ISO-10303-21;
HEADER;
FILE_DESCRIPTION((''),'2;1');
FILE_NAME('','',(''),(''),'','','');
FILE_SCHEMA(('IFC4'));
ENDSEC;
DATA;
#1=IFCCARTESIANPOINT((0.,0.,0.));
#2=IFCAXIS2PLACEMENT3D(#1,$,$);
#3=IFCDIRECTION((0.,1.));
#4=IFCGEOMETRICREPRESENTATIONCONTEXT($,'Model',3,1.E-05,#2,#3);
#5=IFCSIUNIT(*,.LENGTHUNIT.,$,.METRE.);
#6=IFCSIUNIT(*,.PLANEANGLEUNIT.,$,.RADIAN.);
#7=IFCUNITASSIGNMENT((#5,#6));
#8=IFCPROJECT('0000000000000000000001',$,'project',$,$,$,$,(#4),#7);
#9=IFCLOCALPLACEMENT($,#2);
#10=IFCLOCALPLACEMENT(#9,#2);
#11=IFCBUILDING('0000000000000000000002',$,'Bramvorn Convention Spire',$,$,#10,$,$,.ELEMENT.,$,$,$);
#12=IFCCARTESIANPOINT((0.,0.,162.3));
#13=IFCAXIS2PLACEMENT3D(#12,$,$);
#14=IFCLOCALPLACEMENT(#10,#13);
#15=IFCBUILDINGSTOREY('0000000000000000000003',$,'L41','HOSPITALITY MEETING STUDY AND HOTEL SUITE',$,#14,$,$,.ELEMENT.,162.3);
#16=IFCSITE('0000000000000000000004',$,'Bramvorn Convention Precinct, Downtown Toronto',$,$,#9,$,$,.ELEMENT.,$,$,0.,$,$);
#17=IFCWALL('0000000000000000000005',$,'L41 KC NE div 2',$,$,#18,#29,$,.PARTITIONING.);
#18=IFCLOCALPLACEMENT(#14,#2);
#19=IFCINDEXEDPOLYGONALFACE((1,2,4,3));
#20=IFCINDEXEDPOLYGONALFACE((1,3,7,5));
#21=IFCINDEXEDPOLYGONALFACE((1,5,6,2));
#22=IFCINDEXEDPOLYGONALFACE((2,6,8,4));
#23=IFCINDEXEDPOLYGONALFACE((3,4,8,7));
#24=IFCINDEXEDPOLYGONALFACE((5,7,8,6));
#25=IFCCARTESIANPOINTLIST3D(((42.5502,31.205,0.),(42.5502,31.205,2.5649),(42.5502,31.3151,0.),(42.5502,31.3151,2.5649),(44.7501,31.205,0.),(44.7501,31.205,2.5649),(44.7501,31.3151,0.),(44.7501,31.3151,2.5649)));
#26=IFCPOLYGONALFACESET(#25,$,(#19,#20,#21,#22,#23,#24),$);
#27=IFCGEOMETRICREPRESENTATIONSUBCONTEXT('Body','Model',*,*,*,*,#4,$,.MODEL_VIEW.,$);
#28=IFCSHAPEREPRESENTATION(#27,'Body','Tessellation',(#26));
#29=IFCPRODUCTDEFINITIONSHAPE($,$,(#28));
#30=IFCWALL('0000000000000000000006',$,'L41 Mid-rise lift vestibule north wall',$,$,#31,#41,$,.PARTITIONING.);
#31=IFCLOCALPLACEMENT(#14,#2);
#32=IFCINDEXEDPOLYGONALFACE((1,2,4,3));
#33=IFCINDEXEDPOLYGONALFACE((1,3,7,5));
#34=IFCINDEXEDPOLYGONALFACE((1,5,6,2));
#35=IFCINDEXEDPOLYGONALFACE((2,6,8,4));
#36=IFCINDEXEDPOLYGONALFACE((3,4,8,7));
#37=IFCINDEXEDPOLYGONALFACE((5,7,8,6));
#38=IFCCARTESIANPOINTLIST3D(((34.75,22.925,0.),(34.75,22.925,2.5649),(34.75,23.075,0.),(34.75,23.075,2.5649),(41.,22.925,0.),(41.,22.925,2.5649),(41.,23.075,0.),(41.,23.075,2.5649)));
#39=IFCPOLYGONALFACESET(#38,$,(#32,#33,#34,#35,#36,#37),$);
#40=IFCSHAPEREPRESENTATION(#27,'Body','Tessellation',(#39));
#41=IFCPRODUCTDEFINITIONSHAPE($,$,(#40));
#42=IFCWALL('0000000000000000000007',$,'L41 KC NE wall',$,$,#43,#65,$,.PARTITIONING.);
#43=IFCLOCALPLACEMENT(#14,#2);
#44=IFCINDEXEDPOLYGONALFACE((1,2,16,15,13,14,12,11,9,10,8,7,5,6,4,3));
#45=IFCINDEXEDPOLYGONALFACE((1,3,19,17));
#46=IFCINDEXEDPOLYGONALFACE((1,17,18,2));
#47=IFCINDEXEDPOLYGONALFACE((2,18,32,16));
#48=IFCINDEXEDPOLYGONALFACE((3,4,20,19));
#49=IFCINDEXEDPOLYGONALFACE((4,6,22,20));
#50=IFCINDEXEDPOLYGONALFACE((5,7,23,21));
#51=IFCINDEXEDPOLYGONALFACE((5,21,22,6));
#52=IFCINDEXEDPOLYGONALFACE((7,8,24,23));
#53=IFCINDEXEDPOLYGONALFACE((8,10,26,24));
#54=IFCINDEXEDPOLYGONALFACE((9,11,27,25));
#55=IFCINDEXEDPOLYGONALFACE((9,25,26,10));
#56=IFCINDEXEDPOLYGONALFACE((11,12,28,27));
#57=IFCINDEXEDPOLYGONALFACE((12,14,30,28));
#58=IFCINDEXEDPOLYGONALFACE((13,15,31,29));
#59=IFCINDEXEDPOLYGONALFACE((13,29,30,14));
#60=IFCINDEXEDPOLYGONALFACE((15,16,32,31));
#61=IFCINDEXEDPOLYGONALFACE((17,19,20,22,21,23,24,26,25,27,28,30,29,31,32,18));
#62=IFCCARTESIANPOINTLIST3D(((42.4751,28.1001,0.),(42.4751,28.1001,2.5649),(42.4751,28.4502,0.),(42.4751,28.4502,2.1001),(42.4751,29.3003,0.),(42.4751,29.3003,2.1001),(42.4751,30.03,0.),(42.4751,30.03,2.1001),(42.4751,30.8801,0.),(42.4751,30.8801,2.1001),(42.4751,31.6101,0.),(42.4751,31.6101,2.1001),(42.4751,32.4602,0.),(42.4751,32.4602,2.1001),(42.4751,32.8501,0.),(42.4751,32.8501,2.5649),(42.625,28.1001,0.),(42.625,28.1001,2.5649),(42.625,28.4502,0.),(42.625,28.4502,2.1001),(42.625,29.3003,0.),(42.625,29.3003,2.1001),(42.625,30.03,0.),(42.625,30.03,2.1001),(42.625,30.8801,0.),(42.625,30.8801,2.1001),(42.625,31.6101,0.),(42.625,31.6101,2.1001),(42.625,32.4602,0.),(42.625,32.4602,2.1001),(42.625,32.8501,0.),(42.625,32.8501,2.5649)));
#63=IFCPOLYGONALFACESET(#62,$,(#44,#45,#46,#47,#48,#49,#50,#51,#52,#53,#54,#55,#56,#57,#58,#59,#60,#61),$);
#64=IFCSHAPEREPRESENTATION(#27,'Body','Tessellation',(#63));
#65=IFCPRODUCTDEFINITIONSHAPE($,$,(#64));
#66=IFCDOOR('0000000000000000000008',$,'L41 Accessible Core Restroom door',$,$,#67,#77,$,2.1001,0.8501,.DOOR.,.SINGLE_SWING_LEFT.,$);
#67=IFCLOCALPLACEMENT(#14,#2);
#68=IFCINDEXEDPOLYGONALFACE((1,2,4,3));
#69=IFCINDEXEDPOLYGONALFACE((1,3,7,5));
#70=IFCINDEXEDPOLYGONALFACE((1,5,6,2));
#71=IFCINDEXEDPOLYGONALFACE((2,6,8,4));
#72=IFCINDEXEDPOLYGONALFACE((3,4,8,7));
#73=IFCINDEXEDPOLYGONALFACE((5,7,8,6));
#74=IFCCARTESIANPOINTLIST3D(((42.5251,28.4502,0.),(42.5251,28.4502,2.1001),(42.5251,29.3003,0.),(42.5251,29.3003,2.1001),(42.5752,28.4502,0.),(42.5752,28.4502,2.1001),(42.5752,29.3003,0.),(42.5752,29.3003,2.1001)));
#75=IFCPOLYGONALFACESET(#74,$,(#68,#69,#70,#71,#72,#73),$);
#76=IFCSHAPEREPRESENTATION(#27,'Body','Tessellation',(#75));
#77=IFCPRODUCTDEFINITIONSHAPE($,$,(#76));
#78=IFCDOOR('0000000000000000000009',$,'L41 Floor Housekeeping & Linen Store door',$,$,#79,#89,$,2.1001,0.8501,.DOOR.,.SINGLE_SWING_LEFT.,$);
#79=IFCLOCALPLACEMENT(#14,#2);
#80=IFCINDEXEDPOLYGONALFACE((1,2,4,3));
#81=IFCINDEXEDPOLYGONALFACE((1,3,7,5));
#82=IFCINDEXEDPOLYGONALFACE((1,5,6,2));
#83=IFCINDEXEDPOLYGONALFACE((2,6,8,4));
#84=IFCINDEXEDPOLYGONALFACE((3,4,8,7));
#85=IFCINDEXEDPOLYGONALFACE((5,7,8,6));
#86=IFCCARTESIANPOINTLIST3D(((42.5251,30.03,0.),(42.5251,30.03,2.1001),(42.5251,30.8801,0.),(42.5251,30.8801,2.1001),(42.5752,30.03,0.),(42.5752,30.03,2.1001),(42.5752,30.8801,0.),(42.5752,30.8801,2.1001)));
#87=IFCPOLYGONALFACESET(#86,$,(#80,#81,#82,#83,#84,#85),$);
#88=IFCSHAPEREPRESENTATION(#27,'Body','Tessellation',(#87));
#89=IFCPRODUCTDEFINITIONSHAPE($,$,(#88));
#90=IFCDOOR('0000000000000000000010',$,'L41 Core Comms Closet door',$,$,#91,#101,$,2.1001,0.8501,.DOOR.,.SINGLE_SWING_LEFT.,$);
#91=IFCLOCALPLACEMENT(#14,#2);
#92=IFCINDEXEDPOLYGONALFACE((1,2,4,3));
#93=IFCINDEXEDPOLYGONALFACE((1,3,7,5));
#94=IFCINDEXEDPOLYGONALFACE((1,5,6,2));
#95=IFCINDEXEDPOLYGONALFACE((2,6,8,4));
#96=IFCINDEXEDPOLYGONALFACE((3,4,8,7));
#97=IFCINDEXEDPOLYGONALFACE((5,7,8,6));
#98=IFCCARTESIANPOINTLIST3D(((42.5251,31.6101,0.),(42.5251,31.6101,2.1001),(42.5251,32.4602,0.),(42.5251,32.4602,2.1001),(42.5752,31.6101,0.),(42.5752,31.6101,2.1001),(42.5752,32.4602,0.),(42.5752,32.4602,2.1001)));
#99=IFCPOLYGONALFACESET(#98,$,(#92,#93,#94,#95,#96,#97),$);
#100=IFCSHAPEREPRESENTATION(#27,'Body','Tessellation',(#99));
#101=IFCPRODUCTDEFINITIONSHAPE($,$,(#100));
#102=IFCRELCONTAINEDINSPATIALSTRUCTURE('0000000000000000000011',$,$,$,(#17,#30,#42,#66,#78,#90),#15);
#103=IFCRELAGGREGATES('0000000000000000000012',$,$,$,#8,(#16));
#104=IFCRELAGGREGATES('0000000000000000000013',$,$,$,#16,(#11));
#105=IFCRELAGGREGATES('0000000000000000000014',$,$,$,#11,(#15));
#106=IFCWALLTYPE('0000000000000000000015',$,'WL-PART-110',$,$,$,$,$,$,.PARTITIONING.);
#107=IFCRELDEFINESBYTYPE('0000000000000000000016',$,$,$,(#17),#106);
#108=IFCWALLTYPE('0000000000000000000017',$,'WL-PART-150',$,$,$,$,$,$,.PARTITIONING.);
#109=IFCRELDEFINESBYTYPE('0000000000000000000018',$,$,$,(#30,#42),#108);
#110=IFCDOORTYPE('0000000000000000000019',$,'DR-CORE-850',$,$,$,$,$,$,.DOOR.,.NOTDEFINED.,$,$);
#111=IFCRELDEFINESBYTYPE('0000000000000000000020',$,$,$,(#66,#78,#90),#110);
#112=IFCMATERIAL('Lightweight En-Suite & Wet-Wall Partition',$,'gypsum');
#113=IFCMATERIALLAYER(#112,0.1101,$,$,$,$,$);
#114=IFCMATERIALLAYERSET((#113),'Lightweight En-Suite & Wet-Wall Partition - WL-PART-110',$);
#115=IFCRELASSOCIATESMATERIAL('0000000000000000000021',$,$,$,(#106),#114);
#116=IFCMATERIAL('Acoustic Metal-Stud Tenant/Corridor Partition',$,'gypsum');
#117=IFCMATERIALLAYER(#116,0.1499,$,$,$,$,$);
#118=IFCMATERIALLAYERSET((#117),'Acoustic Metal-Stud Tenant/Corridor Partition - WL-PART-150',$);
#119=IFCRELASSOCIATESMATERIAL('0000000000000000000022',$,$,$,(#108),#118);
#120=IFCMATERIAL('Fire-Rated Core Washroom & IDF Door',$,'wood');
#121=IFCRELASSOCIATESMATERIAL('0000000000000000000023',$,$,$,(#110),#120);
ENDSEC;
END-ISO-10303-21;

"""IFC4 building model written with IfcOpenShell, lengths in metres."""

from ifc_helpers import new_model, si_unit, direction, frame, frame_2d, origin, place, context, subcontext, project, spatial, rectangle, extrude, material, layer, layer_set, type_object, element, fill, save


model = new_model("IFC4")

# Units and contexts
model_context = context("Model", 3, precision=1e-05, world=origin(), true_north=direction((0.0, 1.0)))
body_context = subcontext(model_context, "Body", "Model", "MODEL_VIEW")
ifc_project = project(units=[si_unit("LENGTHUNIT", "METRE"), si_unit("PLANEANGLEUNIT", "RADIAN")], contexts=[model_context])

# Site, building, storey
site_placement = place(None, origin())
site = spatial("IfcSite", under=ifc_project, at=site_placement, Name="Bramvorn Convention Precinct, Downtown Toronto", CompositionType="ELEMENT", RefElevation=0.0)
building_placement = place(site_placement, origin())
building = spatial("IfcBuilding", under=site, at=building_placement, Name="Bramvorn Convention Spire", CompositionType="ELEMENT")
storey_placement = place(building_placement, frame((0.0, 0.0, 162.3)))
storey = spatial("IfcBuildingStorey", under=building, at=storey_placement, Name="L41", Description="HOSPITALITY MEETING STUDY AND HOTEL SUITE", CompositionType="ELEMENT", Elevation=162.3)

# Walls
ifc_material_1 = material(Name="Lightweight En-Suite & Wet-Wall Partition", Category="gypsum")
ifc_layer_1 = layer(ifc_material_1, 0.1101)
ifc_layer_set_1 = layer_set([ifc_layer_1], Name="Lightweight En-Suite & Wet-Wall Partition - WL-PART-110")
wall_type_1 = type_object("IfcWallType", Name="WL-PART-110", PredefinedType="PARTITIONING", material=ifc_layer_set_1)
for number, where, z_axis, x_axis, name in (
    (1, (42.55, 31.26, 0.0), (0.0, 0.0, 1.0), (1.0, 0.0, 0.0), "L41 KC NE div 2"),
):
    element("IfcWall", number, at=place(storey_placement, frame(where, z_axis=z_axis, x_axis=x_axis)), inside=storey, type_object=wall_type_1, Name=name, PredefinedType="PARTITIONING", context=body_context, shape_type="SweptSolid", body=[
        extrude(rectangle(XDim=2.2, YDim=0.1101, at=frame_2d((1.1001, 0.0))), origin(), (0.0, 0.0, 1.0), 2.5649),
    ])
ifc_material_2 = material(Name="Acoustic Metal-Stud Tenant/Corridor Partition", Category="gypsum")
ifc_layer_2 = layer(ifc_material_2, 0.1499)
ifc_layer_set_2 = layer_set([ifc_layer_2], Name="Acoustic Metal-Stud Tenant/Corridor Partition - WL-PART-150")
wall_type_2 = type_object("IfcWallType", Name="WL-PART-150", PredefinedType="PARTITIONING", material=ifc_layer_set_2)
wall_1_placement = place(storey_placement, frame((34.75, 23.0, 0.0), z_axis=(0.0, 0.0, 1.0), x_axis=(1.0, 0.0, 0.0)))
element("IfcWall", 2, at=wall_1_placement, inside=storey, type_object=wall_type_2, Name="L41 Mid-rise lift vestibule north wall", PredefinedType="PARTITIONING", context=body_context, shape_type="SweptSolid", body=[
    extrude(rectangle(XDim=6.25, YDim=0.1499, at=frame_2d((3.125, 0.0))), origin(), (0.0, 0.0, 1.0), 2.5649),
])

# Wall, openings, doors
wall_2_placement = place(storey_placement, frame((42.55, 28.1001, 0.0), z_axis=(0.0, 0.0, 1.0), x_axis=(0.0, 1.0, 0.0)))
wall_2 = element("IfcWall", 3, at=wall_2_placement, inside=storey, type_object=wall_type_2, Name="L41 KC NE wall", PredefinedType="PARTITIONING", context=body_context, shape_type="SweptSolid", body=[
    extrude(rectangle(XDim=4.75, YDim=0.1499, at=frame_2d((2.375, 0.0))), origin(), (0.0, 0.0, 1.0), 2.5649),
])
opening_1_placement = place(wall_2_placement, frame((0.3501, 0.0, 0.0)))
opening_1 = element("IfcOpeningElement", 4, at=opening_1_placement, cuts=wall_2, PredefinedType="OPENING", context=body_context, shape_type="SweptSolid", body=[
    extrude(rectangle(XDim=0.8501, YDim=2.1001, at=frame_2d((0.425, 1.05))), frame((0.0, 0.085, 0.0), z_axis=(0.0, -1.0, 0.0), x_axis=(1.0, 0.0, 0.0)), (0.0, 0.0, 1.0), 0.1699),
])
opening_2_placement = place(wall_2_placement, frame((1.9299, 0.0, 0.0)))
opening_2 = element("IfcOpeningElement", 5, at=opening_2_placement, cuts=wall_2, PredefinedType="OPENING", context=body_context, shape_type="SweptSolid", body=[
    extrude(rectangle(XDim=0.8501, YDim=2.1001, at=frame_2d((0.425, 1.05))), frame((0.0, 0.085, 0.0), z_axis=(0.0, -1.0, 0.0), x_axis=(1.0, 0.0, 0.0)), (0.0, 0.0, 1.0), 0.1699),
])
opening_3_placement = place(wall_2_placement, frame((3.51, 0.0, 0.0)))
opening_3 = element("IfcOpeningElement", 6, at=opening_3_placement, cuts=wall_2, PredefinedType="OPENING", context=body_context, shape_type="SweptSolid", body=[
    extrude(rectangle(XDim=0.8501, YDim=2.1001, at=frame_2d((0.425, 1.05))), frame((0.0, 0.085, 0.0), z_axis=(0.0, -1.0, 0.0), x_axis=(1.0, 0.0, 0.0)), (0.0, 0.0, 1.0), 0.1699),
])
ifc_material_3 = material(Name="Fire-Rated Core Washroom & IDF Door", Category="wood")
door_type_1 = type_object("IfcDoorType", Name="DR-CORE-850", OperationType="NOTDEFINED", PredefinedType="DOOR", material=ifc_material_3)
door_1_placement = place(opening_1_placement, origin())
door_1 = element("IfcDoor", 7, at=door_1_placement, inside=storey, type_object=door_type_1, Name="L41 Accessible Core Restroom door", OperationType="SINGLE_SWING_LEFT", OverallHeight=2.1001, OverallWidth=0.8501, PredefinedType="DOOR", context=body_context, shape_type="SweptSolid", body=[
    extrude(rectangle(XDim=0.8501, YDim=2.1001, at=frame_2d((0.425, 1.05))), frame((0.0, 0.0249, 0.0), z_axis=(0.0, -1.0, 0.0), x_axis=(1.0, 0.0, 0.0)), (0.0, 0.0, 1.0), 0.05),
])
fill(opening_1, door_1)
door_2_placement = place(opening_2_placement, origin())
door_2 = element("IfcDoor", 8, at=door_2_placement, inside=storey, type_object=door_type_1, Name="L41 Floor Housekeeping & Linen Store door", OperationType="SINGLE_SWING_LEFT", OverallHeight=2.1001, OverallWidth=0.8501, PredefinedType="DOOR", context=body_context, shape_type="SweptSolid", body=[
    extrude(rectangle(XDim=0.8501, YDim=2.1001, at=frame_2d((0.425, 1.05))), frame((0.0, 0.0249, 0.0), z_axis=(0.0, -1.0, 0.0), x_axis=(1.0, 0.0, 0.0)), (0.0, 0.0, 1.0), 0.05),
])
fill(opening_2, door_2)
door_3_placement = place(opening_3_placement, origin())
door_3 = element("IfcDoor", 9, at=door_3_placement, inside=storey, type_object=door_type_1, Name="L41 Core Comms Closet door", OperationType="SINGLE_SWING_LEFT", OverallHeight=2.1001, OverallWidth=0.8501, PredefinedType="DOOR", context=body_context, shape_type="SweptSolid", body=[
    extrude(rectangle(XDim=0.8501, YDim=2.1001, at=frame_2d((0.425, 1.05))), frame((0.0, 0.0249, 0.0), z_axis=(0.0, -1.0, 0.0), x_axis=(1.0, 0.0, 0.0)), (0.0, 0.0, 1.0), 0.05),
])
fill(opening_3, door_3)

save(model, "model.ifc")
